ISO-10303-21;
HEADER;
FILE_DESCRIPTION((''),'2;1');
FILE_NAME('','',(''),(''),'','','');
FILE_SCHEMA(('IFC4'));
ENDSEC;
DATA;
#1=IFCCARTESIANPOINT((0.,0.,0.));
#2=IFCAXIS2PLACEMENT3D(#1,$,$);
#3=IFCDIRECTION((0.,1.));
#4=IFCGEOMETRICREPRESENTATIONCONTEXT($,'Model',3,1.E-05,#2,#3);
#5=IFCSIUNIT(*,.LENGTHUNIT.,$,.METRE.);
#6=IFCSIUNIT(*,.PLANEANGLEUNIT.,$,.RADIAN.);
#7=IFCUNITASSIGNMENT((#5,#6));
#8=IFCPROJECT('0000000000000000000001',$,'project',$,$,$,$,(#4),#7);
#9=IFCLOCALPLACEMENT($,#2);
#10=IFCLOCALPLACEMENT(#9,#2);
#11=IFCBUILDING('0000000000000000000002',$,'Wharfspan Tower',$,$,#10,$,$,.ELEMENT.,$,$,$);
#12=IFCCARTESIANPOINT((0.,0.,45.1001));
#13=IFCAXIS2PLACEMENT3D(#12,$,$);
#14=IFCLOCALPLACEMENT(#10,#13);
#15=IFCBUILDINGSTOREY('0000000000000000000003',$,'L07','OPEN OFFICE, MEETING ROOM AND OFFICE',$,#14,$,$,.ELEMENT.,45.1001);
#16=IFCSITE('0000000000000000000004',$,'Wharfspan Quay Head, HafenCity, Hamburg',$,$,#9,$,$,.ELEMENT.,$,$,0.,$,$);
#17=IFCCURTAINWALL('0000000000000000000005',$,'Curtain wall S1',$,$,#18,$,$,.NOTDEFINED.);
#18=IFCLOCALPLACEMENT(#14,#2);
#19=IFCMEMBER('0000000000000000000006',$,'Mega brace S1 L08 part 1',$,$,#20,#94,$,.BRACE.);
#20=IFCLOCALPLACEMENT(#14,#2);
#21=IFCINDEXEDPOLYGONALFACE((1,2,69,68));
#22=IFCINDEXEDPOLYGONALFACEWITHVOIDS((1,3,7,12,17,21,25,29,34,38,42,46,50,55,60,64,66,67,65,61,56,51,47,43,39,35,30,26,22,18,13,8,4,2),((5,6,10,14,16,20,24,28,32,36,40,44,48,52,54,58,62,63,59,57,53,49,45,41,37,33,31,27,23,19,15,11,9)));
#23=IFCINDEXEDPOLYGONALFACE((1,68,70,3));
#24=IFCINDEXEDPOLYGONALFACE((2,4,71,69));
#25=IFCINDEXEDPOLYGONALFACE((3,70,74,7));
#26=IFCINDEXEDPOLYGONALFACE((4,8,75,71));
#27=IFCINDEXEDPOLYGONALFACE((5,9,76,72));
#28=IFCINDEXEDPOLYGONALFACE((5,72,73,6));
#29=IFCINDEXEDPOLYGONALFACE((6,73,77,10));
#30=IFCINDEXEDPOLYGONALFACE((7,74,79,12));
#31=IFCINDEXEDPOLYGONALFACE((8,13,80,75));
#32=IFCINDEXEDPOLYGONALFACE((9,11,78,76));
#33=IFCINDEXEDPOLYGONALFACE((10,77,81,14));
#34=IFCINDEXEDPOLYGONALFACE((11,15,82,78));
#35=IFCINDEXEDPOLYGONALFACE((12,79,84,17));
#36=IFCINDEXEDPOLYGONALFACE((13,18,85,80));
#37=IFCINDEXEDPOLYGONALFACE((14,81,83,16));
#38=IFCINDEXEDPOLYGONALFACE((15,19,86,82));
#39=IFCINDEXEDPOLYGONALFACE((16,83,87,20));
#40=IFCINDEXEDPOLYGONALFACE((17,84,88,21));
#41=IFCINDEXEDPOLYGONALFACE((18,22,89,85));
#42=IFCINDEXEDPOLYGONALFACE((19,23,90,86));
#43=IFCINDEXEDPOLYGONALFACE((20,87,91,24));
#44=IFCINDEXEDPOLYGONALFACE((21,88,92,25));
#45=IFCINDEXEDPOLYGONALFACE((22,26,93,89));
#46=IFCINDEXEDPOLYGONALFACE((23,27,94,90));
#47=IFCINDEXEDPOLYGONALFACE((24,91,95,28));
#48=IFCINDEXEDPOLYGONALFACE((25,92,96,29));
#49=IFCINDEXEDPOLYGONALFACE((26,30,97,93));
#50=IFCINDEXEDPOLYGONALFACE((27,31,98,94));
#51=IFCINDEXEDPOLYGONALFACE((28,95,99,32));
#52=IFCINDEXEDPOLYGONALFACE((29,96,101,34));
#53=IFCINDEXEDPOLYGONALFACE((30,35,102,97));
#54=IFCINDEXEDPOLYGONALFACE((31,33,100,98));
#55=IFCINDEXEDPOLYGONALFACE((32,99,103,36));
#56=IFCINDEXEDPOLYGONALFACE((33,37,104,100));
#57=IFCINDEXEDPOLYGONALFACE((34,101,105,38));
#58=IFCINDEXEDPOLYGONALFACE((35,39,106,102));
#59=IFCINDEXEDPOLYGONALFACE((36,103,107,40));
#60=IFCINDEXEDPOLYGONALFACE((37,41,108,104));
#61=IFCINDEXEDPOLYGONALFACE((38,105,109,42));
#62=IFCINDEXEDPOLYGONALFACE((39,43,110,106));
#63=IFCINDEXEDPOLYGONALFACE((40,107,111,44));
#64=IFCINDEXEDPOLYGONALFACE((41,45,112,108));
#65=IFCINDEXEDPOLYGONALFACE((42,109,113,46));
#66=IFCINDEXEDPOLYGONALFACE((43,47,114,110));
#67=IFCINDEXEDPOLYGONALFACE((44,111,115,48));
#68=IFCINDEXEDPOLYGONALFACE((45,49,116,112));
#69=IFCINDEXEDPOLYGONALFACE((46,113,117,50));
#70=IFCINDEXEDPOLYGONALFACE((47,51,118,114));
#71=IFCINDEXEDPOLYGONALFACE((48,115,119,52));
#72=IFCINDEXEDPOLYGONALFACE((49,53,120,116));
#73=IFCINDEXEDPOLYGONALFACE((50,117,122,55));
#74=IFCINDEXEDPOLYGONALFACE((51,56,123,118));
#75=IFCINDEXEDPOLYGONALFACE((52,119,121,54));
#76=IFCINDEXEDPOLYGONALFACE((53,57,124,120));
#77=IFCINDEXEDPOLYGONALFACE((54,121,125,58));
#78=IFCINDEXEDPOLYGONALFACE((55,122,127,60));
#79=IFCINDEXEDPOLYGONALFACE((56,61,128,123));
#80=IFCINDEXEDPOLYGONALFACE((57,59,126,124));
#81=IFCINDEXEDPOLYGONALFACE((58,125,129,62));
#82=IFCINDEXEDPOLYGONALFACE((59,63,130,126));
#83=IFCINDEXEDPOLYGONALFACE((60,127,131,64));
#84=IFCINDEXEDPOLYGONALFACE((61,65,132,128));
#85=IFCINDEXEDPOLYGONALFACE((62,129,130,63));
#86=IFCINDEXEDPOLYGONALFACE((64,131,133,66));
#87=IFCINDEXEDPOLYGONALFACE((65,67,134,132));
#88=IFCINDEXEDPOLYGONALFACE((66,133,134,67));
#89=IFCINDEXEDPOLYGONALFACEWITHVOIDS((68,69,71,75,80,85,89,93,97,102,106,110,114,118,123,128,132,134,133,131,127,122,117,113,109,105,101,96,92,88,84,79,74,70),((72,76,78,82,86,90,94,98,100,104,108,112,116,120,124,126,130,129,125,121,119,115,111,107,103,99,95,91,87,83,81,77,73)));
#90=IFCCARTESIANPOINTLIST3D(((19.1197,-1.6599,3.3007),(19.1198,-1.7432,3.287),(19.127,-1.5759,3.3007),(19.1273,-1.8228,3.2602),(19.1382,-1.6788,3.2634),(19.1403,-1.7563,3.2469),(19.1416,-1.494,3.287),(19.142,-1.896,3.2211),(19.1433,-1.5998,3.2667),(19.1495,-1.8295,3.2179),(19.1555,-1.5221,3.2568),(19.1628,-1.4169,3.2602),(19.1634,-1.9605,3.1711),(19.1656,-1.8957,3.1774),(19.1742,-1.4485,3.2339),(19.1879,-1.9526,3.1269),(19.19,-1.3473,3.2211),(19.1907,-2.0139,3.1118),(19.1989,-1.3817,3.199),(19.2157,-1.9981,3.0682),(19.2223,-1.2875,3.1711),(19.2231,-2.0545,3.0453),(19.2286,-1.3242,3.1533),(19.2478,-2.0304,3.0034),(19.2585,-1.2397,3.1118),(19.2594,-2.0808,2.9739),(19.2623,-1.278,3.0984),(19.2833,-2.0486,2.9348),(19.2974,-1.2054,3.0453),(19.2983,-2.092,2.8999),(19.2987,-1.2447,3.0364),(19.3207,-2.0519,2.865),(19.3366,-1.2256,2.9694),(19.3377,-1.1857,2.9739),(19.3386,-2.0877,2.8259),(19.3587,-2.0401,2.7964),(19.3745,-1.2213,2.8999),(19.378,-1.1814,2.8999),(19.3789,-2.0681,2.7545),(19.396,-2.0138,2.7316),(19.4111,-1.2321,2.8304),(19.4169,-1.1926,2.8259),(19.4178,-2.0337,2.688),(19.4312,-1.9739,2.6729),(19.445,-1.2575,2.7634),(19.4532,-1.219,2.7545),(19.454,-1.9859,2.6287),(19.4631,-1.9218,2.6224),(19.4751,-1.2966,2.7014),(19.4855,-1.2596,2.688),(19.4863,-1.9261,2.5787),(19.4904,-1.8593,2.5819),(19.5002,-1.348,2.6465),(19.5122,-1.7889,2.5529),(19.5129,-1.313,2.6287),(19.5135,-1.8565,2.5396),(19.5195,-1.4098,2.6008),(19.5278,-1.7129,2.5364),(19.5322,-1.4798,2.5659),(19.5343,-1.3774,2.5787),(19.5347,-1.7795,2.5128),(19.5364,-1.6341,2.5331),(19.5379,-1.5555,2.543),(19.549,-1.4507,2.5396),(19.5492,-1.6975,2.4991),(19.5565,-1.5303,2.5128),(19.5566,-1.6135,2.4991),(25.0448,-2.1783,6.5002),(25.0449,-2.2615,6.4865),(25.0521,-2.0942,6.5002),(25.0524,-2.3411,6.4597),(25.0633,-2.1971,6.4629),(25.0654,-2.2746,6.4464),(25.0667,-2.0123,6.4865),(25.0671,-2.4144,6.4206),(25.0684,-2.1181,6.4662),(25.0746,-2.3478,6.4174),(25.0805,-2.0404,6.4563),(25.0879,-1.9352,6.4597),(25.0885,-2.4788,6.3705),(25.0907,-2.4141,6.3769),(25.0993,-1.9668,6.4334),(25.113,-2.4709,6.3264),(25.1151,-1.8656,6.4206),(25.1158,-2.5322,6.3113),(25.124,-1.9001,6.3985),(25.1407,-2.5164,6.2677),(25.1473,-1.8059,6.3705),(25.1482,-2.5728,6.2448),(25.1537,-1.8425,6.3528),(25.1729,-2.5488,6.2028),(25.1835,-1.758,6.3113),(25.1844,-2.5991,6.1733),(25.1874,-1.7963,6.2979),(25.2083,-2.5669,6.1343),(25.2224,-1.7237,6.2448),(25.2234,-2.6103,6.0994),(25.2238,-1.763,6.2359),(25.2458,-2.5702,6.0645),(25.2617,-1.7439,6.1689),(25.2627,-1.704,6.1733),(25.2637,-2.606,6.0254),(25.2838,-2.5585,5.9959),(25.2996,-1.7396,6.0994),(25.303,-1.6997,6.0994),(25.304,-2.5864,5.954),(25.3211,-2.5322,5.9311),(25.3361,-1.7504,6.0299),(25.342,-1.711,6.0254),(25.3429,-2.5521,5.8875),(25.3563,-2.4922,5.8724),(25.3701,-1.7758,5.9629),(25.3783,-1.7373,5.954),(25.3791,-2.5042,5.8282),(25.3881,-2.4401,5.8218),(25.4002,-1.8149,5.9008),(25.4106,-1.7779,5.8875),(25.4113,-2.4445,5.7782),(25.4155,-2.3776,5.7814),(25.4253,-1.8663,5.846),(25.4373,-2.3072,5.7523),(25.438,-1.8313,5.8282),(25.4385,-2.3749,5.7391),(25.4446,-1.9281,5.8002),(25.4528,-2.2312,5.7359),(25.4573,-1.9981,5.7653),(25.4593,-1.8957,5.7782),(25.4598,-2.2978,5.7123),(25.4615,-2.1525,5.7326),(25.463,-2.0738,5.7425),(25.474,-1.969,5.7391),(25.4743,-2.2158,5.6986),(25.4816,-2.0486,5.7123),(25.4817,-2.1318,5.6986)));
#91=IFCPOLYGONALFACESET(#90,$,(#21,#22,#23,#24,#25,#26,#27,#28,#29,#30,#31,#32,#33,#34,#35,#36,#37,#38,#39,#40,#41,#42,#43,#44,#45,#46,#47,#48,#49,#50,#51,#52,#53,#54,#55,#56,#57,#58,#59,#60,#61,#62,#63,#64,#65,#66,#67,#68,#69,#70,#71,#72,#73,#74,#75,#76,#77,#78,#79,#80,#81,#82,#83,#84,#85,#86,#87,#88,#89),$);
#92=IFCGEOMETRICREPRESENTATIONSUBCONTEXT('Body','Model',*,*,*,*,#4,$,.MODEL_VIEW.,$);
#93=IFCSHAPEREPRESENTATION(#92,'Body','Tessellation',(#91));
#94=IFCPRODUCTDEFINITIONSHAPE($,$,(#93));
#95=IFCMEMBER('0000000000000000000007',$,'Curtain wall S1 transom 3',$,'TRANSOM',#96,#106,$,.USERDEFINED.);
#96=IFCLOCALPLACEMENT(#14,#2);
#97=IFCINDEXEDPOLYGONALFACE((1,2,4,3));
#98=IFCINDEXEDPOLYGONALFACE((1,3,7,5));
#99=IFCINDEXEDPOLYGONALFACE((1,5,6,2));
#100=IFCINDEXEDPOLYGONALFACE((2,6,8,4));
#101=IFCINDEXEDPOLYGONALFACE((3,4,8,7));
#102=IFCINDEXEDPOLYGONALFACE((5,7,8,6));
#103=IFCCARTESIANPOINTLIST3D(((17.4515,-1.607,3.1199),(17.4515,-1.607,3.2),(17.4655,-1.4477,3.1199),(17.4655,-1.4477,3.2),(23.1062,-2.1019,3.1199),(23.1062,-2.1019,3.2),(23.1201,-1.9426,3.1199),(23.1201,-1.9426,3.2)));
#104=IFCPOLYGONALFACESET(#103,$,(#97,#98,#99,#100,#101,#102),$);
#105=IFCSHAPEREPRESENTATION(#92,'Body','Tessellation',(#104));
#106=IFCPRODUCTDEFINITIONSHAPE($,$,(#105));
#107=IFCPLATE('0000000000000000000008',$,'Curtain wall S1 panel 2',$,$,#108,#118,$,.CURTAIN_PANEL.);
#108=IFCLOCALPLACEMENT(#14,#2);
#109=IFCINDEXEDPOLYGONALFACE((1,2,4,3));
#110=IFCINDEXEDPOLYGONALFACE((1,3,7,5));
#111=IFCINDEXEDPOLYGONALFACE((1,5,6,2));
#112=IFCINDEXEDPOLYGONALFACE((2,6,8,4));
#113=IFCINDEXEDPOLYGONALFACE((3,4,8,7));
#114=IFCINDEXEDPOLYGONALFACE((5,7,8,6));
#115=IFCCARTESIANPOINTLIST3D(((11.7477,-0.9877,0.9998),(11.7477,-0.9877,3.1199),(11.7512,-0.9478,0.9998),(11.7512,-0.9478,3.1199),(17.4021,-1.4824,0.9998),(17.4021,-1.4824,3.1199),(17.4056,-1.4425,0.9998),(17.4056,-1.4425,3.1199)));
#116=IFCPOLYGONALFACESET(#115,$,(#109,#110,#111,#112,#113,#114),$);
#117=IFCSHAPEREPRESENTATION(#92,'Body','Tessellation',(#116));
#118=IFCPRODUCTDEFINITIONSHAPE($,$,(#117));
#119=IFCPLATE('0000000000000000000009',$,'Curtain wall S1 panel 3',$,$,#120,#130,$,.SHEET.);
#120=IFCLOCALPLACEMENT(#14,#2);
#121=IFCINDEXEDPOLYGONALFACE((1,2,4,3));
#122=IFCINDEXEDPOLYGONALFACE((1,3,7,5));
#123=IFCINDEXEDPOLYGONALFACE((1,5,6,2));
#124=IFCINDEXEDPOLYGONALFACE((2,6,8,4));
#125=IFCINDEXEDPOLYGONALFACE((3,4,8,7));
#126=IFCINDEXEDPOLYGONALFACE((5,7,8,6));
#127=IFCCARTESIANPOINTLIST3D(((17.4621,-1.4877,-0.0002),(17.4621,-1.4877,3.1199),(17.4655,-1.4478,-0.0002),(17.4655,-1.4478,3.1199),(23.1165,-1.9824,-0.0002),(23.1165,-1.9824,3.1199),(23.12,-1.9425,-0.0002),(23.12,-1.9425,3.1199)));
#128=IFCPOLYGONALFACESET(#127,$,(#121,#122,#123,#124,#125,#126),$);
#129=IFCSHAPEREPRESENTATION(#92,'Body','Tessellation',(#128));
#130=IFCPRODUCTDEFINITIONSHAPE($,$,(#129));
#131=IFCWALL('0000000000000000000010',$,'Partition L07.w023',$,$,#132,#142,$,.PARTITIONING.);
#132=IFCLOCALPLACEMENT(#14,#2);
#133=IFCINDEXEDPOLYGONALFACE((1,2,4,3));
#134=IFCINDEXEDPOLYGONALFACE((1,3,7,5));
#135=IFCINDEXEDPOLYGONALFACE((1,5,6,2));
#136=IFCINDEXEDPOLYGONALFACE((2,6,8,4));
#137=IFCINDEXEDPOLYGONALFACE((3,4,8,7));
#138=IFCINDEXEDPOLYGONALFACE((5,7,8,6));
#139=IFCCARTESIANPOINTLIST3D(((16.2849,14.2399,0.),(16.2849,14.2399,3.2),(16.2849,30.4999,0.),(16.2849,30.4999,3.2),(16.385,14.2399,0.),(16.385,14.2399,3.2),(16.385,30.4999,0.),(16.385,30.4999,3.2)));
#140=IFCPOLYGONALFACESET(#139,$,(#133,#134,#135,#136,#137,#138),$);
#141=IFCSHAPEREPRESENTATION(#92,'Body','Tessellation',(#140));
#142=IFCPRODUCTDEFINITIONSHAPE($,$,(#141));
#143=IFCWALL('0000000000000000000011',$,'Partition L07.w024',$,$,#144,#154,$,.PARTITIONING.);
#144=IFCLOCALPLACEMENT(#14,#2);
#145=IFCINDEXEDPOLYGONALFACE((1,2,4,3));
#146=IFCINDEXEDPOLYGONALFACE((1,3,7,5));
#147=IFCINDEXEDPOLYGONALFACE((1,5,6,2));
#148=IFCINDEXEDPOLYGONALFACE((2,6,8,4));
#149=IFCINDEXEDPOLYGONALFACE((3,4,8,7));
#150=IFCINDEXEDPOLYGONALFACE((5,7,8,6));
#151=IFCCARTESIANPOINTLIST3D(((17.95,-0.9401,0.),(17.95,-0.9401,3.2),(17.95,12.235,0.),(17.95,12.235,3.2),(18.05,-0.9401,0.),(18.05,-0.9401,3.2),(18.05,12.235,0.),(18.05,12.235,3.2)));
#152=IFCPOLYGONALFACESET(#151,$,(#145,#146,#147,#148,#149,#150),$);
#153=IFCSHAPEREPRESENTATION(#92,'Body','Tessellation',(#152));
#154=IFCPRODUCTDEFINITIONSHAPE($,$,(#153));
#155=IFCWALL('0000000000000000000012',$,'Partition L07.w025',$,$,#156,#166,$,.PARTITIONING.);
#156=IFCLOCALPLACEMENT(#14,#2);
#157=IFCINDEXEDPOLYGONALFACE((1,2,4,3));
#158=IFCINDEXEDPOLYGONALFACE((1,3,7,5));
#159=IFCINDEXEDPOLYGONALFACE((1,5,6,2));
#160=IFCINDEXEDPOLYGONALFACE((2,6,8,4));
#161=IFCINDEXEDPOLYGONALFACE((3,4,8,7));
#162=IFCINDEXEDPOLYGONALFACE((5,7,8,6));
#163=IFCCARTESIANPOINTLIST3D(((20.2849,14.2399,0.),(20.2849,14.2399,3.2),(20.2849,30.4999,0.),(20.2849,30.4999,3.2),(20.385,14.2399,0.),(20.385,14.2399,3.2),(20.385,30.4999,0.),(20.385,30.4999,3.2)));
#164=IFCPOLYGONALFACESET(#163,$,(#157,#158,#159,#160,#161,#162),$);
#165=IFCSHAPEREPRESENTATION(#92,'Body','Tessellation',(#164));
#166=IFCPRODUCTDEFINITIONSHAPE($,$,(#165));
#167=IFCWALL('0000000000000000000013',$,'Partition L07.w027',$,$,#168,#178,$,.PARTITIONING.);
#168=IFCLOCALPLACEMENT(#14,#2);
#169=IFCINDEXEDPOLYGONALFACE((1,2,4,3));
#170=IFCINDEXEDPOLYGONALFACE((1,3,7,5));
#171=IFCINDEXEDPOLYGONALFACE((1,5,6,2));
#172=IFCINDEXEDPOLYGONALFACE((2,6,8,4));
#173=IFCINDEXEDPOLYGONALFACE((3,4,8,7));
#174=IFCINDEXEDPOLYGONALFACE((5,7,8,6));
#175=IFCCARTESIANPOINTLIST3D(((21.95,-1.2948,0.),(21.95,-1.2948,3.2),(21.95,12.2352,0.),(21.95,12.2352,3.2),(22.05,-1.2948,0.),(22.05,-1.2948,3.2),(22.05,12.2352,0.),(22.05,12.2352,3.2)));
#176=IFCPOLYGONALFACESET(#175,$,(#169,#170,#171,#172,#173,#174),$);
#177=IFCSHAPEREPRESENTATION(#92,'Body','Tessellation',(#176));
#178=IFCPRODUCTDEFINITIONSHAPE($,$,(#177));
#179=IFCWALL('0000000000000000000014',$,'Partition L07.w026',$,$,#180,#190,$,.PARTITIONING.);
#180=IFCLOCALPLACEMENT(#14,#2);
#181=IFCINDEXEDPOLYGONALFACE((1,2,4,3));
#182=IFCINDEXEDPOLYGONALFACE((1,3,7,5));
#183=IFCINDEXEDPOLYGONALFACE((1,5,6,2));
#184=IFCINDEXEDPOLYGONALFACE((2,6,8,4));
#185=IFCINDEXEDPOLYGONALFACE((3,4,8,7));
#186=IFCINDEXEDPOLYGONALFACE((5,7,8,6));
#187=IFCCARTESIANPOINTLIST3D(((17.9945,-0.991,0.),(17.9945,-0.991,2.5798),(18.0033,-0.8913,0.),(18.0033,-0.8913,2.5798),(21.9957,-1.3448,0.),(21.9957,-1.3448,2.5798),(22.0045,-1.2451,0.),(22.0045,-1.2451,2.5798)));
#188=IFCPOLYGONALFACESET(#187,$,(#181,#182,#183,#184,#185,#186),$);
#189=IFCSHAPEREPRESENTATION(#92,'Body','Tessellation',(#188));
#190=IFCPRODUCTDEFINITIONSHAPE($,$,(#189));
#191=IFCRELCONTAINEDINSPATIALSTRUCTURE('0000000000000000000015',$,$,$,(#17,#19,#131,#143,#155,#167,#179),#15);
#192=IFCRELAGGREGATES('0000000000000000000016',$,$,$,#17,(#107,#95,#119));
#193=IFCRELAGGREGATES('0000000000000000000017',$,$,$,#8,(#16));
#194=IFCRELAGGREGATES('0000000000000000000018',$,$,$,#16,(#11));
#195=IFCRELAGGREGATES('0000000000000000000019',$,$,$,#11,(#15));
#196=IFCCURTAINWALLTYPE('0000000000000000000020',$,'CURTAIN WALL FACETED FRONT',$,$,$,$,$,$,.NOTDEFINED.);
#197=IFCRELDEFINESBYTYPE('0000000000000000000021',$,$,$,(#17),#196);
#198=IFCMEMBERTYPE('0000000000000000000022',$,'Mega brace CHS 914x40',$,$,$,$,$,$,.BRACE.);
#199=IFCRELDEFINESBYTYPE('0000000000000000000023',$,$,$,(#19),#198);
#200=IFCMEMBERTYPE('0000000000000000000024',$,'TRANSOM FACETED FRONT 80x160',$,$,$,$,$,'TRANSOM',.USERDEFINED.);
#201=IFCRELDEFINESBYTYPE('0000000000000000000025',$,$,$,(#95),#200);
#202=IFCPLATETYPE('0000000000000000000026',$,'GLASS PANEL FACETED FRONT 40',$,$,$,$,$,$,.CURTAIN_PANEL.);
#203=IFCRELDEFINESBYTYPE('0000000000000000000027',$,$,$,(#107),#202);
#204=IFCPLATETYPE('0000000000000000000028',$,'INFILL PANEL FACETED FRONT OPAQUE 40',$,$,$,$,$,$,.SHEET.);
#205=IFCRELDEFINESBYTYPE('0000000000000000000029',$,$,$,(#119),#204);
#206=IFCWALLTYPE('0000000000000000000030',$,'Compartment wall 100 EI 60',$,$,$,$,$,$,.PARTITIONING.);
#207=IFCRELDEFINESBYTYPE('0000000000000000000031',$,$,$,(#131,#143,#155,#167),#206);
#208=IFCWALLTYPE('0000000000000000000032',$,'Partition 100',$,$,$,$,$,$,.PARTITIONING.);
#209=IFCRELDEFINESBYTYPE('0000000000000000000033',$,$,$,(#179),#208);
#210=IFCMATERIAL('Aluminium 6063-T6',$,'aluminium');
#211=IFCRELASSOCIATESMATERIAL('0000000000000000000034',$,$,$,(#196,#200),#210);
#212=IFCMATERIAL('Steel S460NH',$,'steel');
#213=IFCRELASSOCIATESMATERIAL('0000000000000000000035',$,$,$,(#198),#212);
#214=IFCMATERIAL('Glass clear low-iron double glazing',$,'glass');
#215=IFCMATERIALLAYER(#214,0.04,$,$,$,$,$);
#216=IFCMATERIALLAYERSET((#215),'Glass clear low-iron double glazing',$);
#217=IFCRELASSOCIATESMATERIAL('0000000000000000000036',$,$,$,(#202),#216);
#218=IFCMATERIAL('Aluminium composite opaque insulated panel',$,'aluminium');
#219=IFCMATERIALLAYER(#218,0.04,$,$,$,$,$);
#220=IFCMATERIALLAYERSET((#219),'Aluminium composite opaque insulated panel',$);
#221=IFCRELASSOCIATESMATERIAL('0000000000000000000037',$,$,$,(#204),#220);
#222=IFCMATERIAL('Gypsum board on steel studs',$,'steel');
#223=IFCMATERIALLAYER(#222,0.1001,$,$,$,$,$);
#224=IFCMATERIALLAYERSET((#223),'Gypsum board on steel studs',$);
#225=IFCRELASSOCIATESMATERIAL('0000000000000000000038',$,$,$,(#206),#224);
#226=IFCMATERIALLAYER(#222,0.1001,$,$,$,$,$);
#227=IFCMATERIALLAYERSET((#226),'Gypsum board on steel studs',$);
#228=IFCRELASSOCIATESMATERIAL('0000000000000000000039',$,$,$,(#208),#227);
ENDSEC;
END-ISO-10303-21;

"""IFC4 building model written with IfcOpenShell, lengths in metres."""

from ifc_helpers import new_model, si_unit, direction, frame, frame_2d, origin, origin_2d, place, context, subcontext, project, spatial, rectangle, hollow_circle, extrude, material, layer, layer_set, material_profile, profile_set, type_object, element, aggregate, save


model = new_model("IFC4")

# Units and contexts
model_context = context("Model", 3, precision=1e-05, world=origin(), true_north=direction((0.0, 1.0)))
body_context = subcontext(model_context, "Body", "Model", "MODEL_VIEW")
ifc_project = project(units=[si_unit("LENGTHUNIT", "METRE"), si_unit("PLANEANGLEUNIT", "RADIAN")], contexts=[model_context])

# Site, building, storey
site_placement = place(None, origin())
site = spatial("IfcSite", under=ifc_project, at=site_placement, Name="Wharfspan Quay Head, HafenCity, Hamburg", CompositionType="ELEMENT", RefElevation=0.0)
building_placement = place(site_placement, origin())
building = spatial("IfcBuilding", under=site, at=building_placement, Name="Wharfspan Tower", CompositionType="ELEMENT")
storey_placement = place(building_placement, frame((0.0, 0.0, 45.1001)))
storey = spatial("IfcBuildingStorey", under=building, at=storey_placement, Name="L07", Description="OPEN OFFICE, MEETING ROOM AND OFFICE", CompositionType="ELEMENT", Elevation=45.1001)

# Curtain wall
ifc_material_1 = material(Name="Aluminium 6063-T6", Category="aluminium")
curtain_wall_type = type_object("IfcCurtainWallType", Name="CURTAIN WALL FACETED FRONT", PredefinedType="NOTDEFINED", material=ifc_material_1)
curtain_wall_placement = place(storey_placement, origin())
curtain_wall = element("IfcCurtainWall", 1, at=curtain_wall_placement, inside=storey, type_object=curtain_wall_type, Name="Curtain wall S1", PredefinedType="NOTDEFINED")

# Members
ifc_material_2 = material(Name="Steel S460NH", Category="steel")
ifc_material_profile_1 = material_profile(ifc_material_2, hollow_circle(Radius=0.457, WallThickness=0.04, at=origin_2d()))
ifc_profile_set_1 = profile_set([ifc_material_profile_1], Name="Steel S460NH")
member_type_1 = type_object("IfcMemberType", Name="Mega brace CHS 914x40", PredefinedType="BRACE", material=ifc_profile_set_1)
member_1_placement = place(storey_placement, frame((19.3381, -1.6367, 2.8999), z_axis=(0.877314, -0.076746, 0.47374), x_axis=(0.087144, 0.996196, 0.000003)))
element("IfcMember", 2, at=member_1_placement, inside=storey, type_object=member_type_1, Name="Mega brace S1 L08 part 1", PredefinedType="BRACE", context=body_context, shape_type="SweptSolid", body=[
    extrude(hollow_circle(Radius=0.457, WallThickness=0.04, at=origin_2d()), origin(), (0.0, 0.0, 1.0), 6.7537),
])
ifc_material_profile_2 = material_profile(ifc_material_1, rectangle(XDim=0.1599, YDim=0.0801, at=origin_2d()))
ifc_profile_set_2 = profile_set([ifc_material_profile_2], Name="Aluminium 6063-T6")
member_type_2 = type_object("IfcMemberType", Name="TRANSOM FACETED FRONT 80x160", ElementType="TRANSOM", PredefinedType="USERDEFINED", material=ifc_profile_set_2)
member_2_placement = place(storey_placement, frame((17.4585, -1.5273, 3.1599), z_axis=(0.996192, -0.087185, 0.0), x_axis=(0.087185, 0.996192, 0.0)))
member_2 = element("IfcMember", 3, at=member_2_placement, type_object=member_type_2, Name="Curtain wall S1 transom 3", ObjectType="TRANSOM", PredefinedType="USERDEFINED", context=body_context, shape_type="SweptSolid", body=[
    extrude(rectangle(XDim=0.1599, YDim=0.0801, at=origin_2d()), origin(), (0.0, 0.0, 1.0), 5.6763),
])

# Plates
ifc_material_3 = material(Name="Glass clear low-iron double glazing", Category="glass")
ifc_layer_1 = layer(ifc_material_3, 0.04)
ifc_layer_set_1 = layer_set([ifc_layer_1], Name="Glass clear low-iron double glazing")
plate_type_1 = type_object("IfcPlateType", Name="GLASS PANEL FACETED FRONT 40", PredefinedType="CURTAIN_PANEL", material=ifc_layer_set_1)
plate_1_placement = place(storey_placement, frame((14.5767, -1.2151, 0.9998), z_axis=(0.0, 0.0, 1.0), x_axis=(0.996197, -0.087156, 0.0)))
plate_1 = element("IfcPlate", 4, at=plate_1_placement, type_object=plate_type_1, Name="Curtain wall S1 panel 2", PredefinedType="CURTAIN_PANEL", context=body_context, shape_type="SweptSolid", body=[
    extrude(rectangle(XDim=5.676, YDim=0.04, at=origin_2d()), origin(), (0.0, 0.0, 1.0), 2.1201),
])
ifc_material_4 = material(Name="Aluminium composite opaque insulated panel", Category="aluminium")
ifc_layer_2 = layer(ifc_material_4, 0.04)
ifc_layer_set_2 = layer_set([ifc_layer_2], Name="Aluminium composite opaque insulated panel")
plate_type_2 = type_object("IfcPlateType", Name="INFILL PANEL FACETED FRONT OPAQUE 40", PredefinedType="SHEET", material=ifc_layer_set_2)
plate_2_placement = place(storey_placement, frame((20.291, -1.7151, -0.0002), z_axis=(0.0, 0.0, 1.0), x_axis=(0.996197, -0.087156, 0.0)))
plate_2 = element("IfcPlate", 5, at=plate_2_placement, type_object=plate_type_2, Name="Curtain wall S1 panel 3", PredefinedType="SHEET", context=body_context, shape_type="SweptSolid", body=[
    extrude(rectangle(XDim=5.676, YDim=0.04, at=origin_2d()), origin(), (0.0, 0.0, 1.0), 3.1201),
])
aggregate(curtain_wall, [plate_1, member_2, plate_2])

# Walls
ifc_material_5 = material(Name="Gypsum board on steel studs", Category="steel")
ifc_layer_3 = layer(ifc_material_5, 0.1001)
ifc_layer_set_3 = layer_set([ifc_layer_3], Name="Gypsum board on steel studs")
wall_type_1 = type_object("IfcWallType", Name="Compartment wall 100 EI 60", PredefinedType="PARTITIONING", material=ifc_layer_set_3)
wall_1_placement = place(storey_placement, frame((16.335, 14.24, 0.0), z_axis=(0.0, 0.0, 1.0), x_axis=(0.0, 1.0, 0.0)))
element("IfcWall", 6, at=wall_1_placement, inside=storey, type_object=wall_type_1, Name="Partition L07.w023", PredefinedType="PARTITIONING", context=body_context, shape_type="SweptSolid", body=[
    extrude(rectangle(XDim=16.26, YDim=0.1001, at=frame_2d((8.1299, 0.0))), origin(), (0.0, 0.0, 1.0), 3.2),
])
wall_2_placement = place(storey_placement, frame((18.0, -0.9399, 0.0), z_axis=(0.0, 0.0, 1.0), x_axis=(0.0, 1.0, 0.0)))
element("IfcWall", 7, at=wall_2_placement, inside=storey, type_object=wall_type_1, Name="Partition L07.w024", PredefinedType="PARTITIONING", context=body_context, shape_type="SweptSolid", body=[
    extrude(rectangle(XDim=13.175, YDim=0.1001, at=frame_2d((6.5874, 0.0))), origin(), (0.0, 0.0, 1.0), 3.2),
])
wall_3_placement = place(storey_placement, frame((20.335, 14.24, 0.0), z_axis=(0.0, 0.0, 1.0), x_axis=(0.0, 1.0, 0.0)))
element("IfcWall", 8, at=wall_3_placement, inside=storey, type_object=wall_type_1, Name="Partition L07.w025", PredefinedType="PARTITIONING", context=body_context, shape_type="SweptSolid", body=[
    extrude(rectangle(XDim=16.26, YDim=0.1001, at=frame_2d((8.1299, 0.0))), origin(), (0.0, 0.0, 1.0), 3.2),
])
wall_4_placement = place(storey_placement, frame((22.0, -1.2949, 0.0), z_axis=(0.0, 0.0, 1.0), x_axis=(0.0, 1.0, 0.0)))
element("IfcWall", 9, at=wall_4_placement, inside=storey, type_object=wall_type_1, Name="Partition L07.w027", PredefinedType="PARTITIONING", context=body_context, shape_type="SweptSolid", body=[
    extrude(rectangle(XDim=13.53, YDim=0.1001, at=frame_2d((6.7651, 0.0))), origin(), (0.0, 0.0, 1.0), 3.2),
])
ifc_layer_4 = layer(ifc_material_5, 0.1001)
ifc_layer_set_4 = layer_set([ifc_layer_4], Name="Gypsum board on steel studs")
wall_type_2 = type_object("IfcWallType", Name="Partition 100", PredefinedType="PARTITIONING", material=ifc_layer_set_4)
wall_5_placement = place(storey_placement, frame((22.0, -1.2949, 0.0), z_axis=(0.0, 0.0, 1.0), x_axis=(-0.99611, 0.088069, 0.0)))
element("IfcWall", 10, at=wall_5_placement, inside=storey, type_object=wall_type_2, Name="Partition L07.w026", PredefinedType="PARTITIONING", context=body_context, shape_type="SweptSolid", body=[
    extrude(rectangle(XDim=4.0168, YDim=0.1001, at=frame_2d((2.0083, 0.0))), origin(), (0.0, 0.0, 1.0), 2.5798),
])

save(model, "model.ifc")
